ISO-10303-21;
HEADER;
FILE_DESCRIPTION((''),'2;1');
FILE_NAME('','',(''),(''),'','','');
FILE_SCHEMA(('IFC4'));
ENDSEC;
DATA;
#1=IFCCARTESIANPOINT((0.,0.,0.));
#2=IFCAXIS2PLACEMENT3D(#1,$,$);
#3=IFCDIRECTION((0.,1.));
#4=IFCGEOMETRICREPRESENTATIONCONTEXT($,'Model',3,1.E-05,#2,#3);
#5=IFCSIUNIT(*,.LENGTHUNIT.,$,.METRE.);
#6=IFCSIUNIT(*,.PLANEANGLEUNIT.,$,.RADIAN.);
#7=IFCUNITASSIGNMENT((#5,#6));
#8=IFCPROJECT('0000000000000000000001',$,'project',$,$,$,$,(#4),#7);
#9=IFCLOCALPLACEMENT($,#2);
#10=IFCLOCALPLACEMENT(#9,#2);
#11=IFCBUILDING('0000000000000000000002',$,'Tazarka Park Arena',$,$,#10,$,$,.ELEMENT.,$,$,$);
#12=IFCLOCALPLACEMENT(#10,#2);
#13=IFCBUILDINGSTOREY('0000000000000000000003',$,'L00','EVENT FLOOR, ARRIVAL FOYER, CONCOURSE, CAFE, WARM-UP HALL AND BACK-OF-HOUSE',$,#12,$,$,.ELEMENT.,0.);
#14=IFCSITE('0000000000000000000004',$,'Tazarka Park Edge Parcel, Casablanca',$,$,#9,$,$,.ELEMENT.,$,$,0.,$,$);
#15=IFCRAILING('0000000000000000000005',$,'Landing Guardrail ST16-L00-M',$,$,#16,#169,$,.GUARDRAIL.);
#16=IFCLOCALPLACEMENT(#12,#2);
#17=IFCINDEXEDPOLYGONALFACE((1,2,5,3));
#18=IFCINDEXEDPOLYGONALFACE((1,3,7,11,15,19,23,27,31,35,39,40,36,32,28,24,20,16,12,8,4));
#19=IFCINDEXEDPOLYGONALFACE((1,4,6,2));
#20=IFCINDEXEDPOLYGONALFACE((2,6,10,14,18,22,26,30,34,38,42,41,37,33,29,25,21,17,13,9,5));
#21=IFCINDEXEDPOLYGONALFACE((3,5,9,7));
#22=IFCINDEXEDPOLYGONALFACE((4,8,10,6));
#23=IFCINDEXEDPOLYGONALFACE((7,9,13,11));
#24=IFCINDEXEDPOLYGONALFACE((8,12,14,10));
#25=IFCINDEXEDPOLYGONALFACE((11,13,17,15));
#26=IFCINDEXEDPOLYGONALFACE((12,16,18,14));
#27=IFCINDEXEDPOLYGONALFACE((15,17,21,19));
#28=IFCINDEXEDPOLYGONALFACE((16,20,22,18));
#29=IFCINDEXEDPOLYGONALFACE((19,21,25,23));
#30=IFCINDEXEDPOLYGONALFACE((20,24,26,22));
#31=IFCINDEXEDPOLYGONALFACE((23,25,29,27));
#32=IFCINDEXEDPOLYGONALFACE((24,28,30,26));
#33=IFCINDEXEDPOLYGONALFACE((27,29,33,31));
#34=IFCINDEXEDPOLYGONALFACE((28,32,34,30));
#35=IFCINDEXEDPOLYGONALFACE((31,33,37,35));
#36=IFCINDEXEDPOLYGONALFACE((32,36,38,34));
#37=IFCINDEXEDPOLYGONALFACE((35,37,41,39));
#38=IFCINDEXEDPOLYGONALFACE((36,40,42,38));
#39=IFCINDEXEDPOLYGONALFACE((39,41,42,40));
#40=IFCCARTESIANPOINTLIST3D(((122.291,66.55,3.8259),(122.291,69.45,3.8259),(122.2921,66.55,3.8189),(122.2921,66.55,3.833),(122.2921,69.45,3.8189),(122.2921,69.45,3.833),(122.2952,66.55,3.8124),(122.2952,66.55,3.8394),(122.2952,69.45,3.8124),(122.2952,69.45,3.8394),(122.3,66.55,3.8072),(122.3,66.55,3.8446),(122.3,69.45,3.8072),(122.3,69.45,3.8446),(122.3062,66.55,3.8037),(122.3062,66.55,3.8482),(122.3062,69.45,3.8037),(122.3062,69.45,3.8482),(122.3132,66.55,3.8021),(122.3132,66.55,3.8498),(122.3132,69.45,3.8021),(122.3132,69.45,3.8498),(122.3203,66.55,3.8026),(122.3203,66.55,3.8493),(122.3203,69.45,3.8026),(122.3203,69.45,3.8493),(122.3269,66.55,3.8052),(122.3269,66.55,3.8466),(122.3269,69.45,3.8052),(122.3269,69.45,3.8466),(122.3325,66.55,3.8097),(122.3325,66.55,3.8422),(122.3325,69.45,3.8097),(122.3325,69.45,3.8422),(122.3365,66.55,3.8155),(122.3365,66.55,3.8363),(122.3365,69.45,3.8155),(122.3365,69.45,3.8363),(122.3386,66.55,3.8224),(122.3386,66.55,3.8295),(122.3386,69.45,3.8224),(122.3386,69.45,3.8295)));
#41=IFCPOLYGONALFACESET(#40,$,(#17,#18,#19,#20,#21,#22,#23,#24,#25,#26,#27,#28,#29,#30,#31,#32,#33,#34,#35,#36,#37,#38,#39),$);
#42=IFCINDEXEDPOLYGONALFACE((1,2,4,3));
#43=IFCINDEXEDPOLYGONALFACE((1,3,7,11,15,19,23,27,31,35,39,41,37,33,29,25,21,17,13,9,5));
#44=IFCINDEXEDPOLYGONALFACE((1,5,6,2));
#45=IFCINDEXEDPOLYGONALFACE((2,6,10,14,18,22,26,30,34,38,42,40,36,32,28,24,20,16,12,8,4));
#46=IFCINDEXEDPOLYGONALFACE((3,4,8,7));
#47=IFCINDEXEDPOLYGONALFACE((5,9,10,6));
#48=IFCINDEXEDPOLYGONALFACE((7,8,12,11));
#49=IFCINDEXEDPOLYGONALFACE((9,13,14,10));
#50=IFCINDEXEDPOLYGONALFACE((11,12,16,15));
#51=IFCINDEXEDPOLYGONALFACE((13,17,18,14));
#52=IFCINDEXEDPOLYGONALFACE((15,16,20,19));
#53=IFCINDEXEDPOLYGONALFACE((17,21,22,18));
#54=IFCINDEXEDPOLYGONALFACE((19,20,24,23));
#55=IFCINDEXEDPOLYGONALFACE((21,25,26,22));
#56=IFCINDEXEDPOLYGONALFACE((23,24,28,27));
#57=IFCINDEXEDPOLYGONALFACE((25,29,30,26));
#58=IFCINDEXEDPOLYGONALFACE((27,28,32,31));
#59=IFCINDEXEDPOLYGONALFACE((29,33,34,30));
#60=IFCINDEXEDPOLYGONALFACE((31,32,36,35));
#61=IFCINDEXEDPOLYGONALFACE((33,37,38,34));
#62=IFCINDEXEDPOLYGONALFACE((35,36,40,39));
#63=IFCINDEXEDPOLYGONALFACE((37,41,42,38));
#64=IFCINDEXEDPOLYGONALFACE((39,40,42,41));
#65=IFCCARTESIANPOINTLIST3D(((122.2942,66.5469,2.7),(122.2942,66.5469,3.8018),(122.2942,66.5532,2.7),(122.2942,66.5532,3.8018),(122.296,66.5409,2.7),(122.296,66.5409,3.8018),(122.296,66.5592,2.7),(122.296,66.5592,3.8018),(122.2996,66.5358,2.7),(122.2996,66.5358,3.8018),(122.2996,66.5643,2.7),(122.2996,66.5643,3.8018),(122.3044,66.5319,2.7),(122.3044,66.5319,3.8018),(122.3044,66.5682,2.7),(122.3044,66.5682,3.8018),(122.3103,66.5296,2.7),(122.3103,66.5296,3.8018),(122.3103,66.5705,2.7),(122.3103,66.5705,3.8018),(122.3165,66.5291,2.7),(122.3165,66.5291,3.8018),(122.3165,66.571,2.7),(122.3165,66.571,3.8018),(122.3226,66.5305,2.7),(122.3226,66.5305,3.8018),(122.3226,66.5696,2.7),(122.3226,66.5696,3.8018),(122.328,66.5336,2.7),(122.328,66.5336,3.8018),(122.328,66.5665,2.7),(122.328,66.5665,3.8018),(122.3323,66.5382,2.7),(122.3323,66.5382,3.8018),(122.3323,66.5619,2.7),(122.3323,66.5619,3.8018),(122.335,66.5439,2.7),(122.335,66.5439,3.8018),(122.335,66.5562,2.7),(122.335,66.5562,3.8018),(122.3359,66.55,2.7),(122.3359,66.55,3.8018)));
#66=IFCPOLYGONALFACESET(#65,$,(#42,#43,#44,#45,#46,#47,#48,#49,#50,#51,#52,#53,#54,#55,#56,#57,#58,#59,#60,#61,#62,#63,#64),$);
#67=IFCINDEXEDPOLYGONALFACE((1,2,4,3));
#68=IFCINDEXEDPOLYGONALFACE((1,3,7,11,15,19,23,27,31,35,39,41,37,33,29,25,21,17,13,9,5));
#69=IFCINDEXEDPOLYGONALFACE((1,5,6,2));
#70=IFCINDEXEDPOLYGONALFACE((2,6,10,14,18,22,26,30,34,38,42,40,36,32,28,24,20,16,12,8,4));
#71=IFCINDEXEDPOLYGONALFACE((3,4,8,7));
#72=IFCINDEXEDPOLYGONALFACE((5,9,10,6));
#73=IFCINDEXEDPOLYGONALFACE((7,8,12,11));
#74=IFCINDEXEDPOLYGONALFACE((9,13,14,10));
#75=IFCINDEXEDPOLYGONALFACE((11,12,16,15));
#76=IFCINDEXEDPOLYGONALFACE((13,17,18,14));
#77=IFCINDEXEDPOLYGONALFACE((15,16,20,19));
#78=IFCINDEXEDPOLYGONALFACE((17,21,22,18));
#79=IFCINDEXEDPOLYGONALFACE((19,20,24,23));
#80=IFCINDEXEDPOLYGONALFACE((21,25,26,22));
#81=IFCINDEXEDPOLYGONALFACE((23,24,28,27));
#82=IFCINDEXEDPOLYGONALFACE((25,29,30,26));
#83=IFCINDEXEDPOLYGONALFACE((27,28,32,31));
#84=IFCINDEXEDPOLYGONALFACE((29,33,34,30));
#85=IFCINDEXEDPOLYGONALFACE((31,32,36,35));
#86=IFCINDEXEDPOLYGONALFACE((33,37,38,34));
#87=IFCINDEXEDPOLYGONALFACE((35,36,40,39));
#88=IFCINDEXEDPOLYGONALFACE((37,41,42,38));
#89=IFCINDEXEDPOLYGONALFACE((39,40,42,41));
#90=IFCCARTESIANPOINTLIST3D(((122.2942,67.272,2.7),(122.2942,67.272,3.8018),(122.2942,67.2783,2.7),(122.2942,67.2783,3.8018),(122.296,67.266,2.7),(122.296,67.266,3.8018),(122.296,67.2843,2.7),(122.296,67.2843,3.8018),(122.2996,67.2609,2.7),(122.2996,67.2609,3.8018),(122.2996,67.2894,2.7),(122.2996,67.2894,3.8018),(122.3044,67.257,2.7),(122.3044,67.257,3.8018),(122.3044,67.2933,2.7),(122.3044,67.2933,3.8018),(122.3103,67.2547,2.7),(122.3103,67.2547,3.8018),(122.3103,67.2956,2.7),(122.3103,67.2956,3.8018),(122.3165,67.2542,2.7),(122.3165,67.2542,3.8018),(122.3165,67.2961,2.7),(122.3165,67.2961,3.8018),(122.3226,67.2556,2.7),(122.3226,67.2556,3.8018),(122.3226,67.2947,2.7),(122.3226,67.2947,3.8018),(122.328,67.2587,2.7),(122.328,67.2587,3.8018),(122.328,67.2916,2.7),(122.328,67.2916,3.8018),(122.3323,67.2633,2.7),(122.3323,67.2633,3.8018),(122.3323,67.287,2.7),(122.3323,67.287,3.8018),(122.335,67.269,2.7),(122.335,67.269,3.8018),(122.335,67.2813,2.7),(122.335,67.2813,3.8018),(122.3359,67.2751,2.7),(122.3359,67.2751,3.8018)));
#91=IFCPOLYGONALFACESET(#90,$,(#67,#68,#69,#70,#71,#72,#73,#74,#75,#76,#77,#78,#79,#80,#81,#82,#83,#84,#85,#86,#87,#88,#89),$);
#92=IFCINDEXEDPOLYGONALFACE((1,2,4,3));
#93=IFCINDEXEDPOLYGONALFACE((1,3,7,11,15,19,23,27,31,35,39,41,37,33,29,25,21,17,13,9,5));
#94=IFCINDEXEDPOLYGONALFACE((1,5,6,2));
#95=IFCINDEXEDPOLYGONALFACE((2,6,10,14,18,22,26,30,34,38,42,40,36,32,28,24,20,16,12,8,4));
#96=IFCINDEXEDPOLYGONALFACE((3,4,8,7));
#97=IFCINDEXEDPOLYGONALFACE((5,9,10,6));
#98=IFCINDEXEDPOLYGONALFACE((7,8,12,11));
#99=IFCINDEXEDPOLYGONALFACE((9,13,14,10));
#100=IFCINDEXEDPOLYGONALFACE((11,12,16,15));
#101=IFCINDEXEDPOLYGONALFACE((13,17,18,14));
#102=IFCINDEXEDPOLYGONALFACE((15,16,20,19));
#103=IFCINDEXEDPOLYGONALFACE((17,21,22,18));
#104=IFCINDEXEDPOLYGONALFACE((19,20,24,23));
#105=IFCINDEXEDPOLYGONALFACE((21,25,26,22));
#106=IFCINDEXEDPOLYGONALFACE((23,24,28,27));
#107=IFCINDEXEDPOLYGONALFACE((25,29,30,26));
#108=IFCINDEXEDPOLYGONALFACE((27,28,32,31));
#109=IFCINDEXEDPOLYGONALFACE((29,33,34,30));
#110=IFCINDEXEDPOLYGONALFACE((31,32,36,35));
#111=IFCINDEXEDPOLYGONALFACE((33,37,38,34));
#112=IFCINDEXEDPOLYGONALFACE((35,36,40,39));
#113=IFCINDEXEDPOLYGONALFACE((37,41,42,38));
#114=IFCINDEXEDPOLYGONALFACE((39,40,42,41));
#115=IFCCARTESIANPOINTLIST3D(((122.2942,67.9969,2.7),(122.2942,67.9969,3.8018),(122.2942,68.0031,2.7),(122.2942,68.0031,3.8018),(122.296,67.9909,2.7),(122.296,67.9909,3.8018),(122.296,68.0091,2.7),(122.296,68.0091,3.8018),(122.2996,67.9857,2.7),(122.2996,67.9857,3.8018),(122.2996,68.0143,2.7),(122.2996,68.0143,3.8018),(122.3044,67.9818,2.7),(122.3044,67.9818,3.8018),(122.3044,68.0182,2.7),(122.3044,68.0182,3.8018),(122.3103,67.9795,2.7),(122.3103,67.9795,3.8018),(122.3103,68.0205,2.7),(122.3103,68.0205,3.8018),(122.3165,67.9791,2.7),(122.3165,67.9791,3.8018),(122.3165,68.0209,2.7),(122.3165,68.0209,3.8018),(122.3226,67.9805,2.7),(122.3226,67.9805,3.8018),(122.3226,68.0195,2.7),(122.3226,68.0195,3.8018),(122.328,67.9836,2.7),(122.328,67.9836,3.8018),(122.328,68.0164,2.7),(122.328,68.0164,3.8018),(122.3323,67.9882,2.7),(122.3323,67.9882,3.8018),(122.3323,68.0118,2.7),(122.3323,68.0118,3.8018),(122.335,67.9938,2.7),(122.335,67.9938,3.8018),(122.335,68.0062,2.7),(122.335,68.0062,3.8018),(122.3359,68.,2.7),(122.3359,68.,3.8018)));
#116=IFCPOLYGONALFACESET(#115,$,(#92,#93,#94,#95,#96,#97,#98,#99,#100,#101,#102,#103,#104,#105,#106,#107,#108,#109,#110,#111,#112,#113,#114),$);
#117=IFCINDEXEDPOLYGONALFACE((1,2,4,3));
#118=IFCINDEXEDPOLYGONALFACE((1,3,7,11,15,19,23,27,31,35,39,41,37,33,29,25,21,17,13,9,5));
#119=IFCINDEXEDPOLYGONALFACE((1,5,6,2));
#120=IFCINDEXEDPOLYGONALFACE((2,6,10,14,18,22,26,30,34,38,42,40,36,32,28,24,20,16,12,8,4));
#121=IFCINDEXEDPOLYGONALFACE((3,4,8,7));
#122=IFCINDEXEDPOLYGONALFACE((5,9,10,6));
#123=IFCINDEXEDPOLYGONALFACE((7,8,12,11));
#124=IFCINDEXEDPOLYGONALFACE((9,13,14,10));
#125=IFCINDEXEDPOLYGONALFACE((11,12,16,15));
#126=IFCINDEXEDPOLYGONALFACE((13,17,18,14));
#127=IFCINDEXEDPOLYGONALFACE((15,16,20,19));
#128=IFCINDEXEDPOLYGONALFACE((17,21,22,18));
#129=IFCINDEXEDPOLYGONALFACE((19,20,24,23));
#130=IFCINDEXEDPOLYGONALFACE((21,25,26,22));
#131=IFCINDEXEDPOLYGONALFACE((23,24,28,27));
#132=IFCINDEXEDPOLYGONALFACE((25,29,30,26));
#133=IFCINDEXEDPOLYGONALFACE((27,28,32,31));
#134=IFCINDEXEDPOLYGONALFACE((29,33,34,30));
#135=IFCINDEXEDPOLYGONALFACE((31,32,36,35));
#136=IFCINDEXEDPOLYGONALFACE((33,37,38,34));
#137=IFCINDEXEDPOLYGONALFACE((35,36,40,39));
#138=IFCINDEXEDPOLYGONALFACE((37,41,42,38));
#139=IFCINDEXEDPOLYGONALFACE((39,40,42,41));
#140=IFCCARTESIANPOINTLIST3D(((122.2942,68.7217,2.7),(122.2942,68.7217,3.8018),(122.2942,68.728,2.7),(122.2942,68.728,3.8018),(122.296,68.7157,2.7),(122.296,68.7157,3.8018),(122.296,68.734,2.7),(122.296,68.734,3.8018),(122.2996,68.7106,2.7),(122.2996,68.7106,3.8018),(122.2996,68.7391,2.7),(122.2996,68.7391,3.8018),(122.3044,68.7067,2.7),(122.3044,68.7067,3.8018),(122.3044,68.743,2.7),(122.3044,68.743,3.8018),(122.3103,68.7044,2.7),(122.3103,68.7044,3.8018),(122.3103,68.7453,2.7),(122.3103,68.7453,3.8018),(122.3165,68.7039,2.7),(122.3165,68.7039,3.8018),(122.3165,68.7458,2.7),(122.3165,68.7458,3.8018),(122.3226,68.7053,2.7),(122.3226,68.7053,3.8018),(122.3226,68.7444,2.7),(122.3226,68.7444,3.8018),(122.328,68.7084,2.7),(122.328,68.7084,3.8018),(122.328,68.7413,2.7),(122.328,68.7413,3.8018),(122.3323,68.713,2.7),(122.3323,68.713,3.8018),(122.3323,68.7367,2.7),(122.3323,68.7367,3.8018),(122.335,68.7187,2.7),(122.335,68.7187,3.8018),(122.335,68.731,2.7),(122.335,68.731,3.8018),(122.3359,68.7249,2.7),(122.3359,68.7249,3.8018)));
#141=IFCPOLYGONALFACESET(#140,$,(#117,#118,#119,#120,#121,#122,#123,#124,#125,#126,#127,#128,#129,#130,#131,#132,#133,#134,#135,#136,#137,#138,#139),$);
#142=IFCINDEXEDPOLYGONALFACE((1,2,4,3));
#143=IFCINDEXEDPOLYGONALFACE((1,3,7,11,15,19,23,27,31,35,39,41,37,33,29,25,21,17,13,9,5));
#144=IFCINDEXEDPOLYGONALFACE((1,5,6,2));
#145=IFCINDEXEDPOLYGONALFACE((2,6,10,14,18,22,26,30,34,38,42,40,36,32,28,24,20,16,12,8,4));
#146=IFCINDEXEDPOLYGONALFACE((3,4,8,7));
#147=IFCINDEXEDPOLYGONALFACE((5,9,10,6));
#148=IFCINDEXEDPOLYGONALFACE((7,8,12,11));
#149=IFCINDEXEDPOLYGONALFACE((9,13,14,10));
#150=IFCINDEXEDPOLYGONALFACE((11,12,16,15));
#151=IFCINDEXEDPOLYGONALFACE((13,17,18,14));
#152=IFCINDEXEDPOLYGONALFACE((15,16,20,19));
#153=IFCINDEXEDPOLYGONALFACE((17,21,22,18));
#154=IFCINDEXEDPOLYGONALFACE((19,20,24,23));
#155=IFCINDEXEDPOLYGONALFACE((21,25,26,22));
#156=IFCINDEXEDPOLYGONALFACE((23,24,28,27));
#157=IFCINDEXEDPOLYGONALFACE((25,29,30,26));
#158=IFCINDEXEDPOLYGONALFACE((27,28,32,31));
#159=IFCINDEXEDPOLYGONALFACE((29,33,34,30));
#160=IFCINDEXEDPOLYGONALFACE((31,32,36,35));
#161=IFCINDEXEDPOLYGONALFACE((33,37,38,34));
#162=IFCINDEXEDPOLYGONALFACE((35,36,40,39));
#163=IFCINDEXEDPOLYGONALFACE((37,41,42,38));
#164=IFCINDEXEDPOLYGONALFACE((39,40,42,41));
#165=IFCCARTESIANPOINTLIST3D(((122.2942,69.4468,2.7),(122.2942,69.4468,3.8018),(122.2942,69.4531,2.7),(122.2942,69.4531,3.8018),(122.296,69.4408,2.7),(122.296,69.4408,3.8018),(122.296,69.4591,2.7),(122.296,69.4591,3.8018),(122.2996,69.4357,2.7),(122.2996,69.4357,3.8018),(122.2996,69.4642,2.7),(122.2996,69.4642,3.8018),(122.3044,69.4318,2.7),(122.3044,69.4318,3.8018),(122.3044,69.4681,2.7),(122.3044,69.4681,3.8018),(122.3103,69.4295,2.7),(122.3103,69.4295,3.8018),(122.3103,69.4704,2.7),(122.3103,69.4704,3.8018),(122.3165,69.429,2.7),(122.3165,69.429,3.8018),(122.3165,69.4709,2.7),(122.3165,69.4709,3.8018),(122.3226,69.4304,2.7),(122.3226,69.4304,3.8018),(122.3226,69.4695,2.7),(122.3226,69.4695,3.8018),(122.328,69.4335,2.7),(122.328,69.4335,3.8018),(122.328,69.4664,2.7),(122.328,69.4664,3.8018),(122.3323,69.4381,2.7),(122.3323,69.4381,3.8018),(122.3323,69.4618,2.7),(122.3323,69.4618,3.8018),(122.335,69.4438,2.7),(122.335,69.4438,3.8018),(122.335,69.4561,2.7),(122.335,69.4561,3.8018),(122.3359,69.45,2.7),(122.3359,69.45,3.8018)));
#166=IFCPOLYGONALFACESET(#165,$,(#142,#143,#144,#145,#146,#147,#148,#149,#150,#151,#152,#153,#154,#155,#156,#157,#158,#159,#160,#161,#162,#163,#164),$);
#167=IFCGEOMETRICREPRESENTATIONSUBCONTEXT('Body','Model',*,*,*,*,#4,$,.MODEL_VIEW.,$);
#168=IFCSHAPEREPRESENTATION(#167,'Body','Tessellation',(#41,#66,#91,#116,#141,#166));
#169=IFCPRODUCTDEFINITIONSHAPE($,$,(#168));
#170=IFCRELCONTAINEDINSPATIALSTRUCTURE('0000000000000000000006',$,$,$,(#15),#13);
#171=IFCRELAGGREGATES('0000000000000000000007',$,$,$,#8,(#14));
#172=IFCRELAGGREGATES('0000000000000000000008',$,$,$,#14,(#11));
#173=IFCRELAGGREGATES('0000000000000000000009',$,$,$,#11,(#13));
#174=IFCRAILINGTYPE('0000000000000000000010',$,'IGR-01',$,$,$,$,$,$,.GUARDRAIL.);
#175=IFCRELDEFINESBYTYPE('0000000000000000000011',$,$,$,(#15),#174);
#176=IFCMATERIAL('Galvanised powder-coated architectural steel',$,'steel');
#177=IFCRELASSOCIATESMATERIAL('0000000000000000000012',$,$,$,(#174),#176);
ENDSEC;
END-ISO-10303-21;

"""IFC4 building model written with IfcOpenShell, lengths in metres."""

from ifc_helpers import new_model, si_unit, direction, frame, origin, origin_2d, place, context, subcontext, project, spatial, circle, extrude, material, type_object, element, save


model = new_model("IFC4")

# Units and contexts
model_context = context("Model", 3, precision=1e-05, world=origin(), true_north=direction((0.0, 1.0)))
body_context = subcontext(model_context, "Body", "Model", "MODEL_VIEW")
ifc_project = project(units=[si_unit("LENGTHUNIT", "METRE"), si_unit("PLANEANGLEUNIT", "RADIAN")], contexts=[model_context])

# Site, building, storey
site_placement = place(None, origin())
site = spatial("IfcSite", under=ifc_project, at=site_placement, Name="Tazarka Park Edge Parcel, Casablanca", CompositionType="ELEMENT", RefElevation=0.0)
building_placement = place(site_placement, origin())
building = spatial("IfcBuilding", under=site, at=building_placement, Name="Tazarka Park Arena", CompositionType="ELEMENT")
storey_placement = place(building_placement, origin())
storey = spatial("IfcBuildingStorey", under=building, at=storey_placement, Name="L00", Description="EVENT FLOOR, ARRIVAL FOYER, CONCOURSE, CAFE, WARM-UP HALL AND BACK-OF-HOUSE", CompositionType="ELEMENT", Elevation=0.0)

# Railing
ifc_material_1 = material(Name="Galvanised powder-coated architectural steel", Category="steel")
railing_type_1 = type_object("IfcRailingType", Name="IGR-01", PredefinedType="GUARDRAIL", material=ifc_material_1)
for number, where, name in (
    (1, (122.3149, 66.55, 2.7), "Landing Guardrail ST16-L00-M"),
):
    element("IfcRailing", number, at=place(storey_placement, frame(where)), inside=storey, type_object=railing_type_1, Name=name, PredefinedType="GUARDRAIL", context=body_context, shape_type="SweptSolid", body=[
        extrude(circle(Radius=0.0239, at=origin_2d()), frame((0.0, 0.0, 1.126), z_axis=(0.0, 1.0, 0.0), x_axis=(-1.0, 0.0, 0.0)), (0.0, 0.0, 1.0), 2.8999),
        extrude(circle(Radius=0.021, at=origin_2d()), origin(), (0.0, 0.0, 1.0), 1.1018),
        extrude(circle(Radius=0.021, at=origin_2d()), frame((0.0, 0.7251, 0.0)), (0.0, 0.0, 1.0), 1.1018),
        extrude(circle(Radius=0.021, at=origin_2d()), frame((0.0, 1.45, 0.0)), (0.0, 0.0, 1.0), 1.1018),
        extrude(circle(Radius=0.021, at=origin_2d()), frame((0.0, 2.1748, 0.0)), (0.0, 0.0, 1.0), 1.1018),
        extrude(circle(Radius=0.021, at=origin_2d()), frame((0.0, 2.8999, 0.0)), (0.0, 0.0, 1.0), 1.1018),
    ])

save(model, "model.ifc")
